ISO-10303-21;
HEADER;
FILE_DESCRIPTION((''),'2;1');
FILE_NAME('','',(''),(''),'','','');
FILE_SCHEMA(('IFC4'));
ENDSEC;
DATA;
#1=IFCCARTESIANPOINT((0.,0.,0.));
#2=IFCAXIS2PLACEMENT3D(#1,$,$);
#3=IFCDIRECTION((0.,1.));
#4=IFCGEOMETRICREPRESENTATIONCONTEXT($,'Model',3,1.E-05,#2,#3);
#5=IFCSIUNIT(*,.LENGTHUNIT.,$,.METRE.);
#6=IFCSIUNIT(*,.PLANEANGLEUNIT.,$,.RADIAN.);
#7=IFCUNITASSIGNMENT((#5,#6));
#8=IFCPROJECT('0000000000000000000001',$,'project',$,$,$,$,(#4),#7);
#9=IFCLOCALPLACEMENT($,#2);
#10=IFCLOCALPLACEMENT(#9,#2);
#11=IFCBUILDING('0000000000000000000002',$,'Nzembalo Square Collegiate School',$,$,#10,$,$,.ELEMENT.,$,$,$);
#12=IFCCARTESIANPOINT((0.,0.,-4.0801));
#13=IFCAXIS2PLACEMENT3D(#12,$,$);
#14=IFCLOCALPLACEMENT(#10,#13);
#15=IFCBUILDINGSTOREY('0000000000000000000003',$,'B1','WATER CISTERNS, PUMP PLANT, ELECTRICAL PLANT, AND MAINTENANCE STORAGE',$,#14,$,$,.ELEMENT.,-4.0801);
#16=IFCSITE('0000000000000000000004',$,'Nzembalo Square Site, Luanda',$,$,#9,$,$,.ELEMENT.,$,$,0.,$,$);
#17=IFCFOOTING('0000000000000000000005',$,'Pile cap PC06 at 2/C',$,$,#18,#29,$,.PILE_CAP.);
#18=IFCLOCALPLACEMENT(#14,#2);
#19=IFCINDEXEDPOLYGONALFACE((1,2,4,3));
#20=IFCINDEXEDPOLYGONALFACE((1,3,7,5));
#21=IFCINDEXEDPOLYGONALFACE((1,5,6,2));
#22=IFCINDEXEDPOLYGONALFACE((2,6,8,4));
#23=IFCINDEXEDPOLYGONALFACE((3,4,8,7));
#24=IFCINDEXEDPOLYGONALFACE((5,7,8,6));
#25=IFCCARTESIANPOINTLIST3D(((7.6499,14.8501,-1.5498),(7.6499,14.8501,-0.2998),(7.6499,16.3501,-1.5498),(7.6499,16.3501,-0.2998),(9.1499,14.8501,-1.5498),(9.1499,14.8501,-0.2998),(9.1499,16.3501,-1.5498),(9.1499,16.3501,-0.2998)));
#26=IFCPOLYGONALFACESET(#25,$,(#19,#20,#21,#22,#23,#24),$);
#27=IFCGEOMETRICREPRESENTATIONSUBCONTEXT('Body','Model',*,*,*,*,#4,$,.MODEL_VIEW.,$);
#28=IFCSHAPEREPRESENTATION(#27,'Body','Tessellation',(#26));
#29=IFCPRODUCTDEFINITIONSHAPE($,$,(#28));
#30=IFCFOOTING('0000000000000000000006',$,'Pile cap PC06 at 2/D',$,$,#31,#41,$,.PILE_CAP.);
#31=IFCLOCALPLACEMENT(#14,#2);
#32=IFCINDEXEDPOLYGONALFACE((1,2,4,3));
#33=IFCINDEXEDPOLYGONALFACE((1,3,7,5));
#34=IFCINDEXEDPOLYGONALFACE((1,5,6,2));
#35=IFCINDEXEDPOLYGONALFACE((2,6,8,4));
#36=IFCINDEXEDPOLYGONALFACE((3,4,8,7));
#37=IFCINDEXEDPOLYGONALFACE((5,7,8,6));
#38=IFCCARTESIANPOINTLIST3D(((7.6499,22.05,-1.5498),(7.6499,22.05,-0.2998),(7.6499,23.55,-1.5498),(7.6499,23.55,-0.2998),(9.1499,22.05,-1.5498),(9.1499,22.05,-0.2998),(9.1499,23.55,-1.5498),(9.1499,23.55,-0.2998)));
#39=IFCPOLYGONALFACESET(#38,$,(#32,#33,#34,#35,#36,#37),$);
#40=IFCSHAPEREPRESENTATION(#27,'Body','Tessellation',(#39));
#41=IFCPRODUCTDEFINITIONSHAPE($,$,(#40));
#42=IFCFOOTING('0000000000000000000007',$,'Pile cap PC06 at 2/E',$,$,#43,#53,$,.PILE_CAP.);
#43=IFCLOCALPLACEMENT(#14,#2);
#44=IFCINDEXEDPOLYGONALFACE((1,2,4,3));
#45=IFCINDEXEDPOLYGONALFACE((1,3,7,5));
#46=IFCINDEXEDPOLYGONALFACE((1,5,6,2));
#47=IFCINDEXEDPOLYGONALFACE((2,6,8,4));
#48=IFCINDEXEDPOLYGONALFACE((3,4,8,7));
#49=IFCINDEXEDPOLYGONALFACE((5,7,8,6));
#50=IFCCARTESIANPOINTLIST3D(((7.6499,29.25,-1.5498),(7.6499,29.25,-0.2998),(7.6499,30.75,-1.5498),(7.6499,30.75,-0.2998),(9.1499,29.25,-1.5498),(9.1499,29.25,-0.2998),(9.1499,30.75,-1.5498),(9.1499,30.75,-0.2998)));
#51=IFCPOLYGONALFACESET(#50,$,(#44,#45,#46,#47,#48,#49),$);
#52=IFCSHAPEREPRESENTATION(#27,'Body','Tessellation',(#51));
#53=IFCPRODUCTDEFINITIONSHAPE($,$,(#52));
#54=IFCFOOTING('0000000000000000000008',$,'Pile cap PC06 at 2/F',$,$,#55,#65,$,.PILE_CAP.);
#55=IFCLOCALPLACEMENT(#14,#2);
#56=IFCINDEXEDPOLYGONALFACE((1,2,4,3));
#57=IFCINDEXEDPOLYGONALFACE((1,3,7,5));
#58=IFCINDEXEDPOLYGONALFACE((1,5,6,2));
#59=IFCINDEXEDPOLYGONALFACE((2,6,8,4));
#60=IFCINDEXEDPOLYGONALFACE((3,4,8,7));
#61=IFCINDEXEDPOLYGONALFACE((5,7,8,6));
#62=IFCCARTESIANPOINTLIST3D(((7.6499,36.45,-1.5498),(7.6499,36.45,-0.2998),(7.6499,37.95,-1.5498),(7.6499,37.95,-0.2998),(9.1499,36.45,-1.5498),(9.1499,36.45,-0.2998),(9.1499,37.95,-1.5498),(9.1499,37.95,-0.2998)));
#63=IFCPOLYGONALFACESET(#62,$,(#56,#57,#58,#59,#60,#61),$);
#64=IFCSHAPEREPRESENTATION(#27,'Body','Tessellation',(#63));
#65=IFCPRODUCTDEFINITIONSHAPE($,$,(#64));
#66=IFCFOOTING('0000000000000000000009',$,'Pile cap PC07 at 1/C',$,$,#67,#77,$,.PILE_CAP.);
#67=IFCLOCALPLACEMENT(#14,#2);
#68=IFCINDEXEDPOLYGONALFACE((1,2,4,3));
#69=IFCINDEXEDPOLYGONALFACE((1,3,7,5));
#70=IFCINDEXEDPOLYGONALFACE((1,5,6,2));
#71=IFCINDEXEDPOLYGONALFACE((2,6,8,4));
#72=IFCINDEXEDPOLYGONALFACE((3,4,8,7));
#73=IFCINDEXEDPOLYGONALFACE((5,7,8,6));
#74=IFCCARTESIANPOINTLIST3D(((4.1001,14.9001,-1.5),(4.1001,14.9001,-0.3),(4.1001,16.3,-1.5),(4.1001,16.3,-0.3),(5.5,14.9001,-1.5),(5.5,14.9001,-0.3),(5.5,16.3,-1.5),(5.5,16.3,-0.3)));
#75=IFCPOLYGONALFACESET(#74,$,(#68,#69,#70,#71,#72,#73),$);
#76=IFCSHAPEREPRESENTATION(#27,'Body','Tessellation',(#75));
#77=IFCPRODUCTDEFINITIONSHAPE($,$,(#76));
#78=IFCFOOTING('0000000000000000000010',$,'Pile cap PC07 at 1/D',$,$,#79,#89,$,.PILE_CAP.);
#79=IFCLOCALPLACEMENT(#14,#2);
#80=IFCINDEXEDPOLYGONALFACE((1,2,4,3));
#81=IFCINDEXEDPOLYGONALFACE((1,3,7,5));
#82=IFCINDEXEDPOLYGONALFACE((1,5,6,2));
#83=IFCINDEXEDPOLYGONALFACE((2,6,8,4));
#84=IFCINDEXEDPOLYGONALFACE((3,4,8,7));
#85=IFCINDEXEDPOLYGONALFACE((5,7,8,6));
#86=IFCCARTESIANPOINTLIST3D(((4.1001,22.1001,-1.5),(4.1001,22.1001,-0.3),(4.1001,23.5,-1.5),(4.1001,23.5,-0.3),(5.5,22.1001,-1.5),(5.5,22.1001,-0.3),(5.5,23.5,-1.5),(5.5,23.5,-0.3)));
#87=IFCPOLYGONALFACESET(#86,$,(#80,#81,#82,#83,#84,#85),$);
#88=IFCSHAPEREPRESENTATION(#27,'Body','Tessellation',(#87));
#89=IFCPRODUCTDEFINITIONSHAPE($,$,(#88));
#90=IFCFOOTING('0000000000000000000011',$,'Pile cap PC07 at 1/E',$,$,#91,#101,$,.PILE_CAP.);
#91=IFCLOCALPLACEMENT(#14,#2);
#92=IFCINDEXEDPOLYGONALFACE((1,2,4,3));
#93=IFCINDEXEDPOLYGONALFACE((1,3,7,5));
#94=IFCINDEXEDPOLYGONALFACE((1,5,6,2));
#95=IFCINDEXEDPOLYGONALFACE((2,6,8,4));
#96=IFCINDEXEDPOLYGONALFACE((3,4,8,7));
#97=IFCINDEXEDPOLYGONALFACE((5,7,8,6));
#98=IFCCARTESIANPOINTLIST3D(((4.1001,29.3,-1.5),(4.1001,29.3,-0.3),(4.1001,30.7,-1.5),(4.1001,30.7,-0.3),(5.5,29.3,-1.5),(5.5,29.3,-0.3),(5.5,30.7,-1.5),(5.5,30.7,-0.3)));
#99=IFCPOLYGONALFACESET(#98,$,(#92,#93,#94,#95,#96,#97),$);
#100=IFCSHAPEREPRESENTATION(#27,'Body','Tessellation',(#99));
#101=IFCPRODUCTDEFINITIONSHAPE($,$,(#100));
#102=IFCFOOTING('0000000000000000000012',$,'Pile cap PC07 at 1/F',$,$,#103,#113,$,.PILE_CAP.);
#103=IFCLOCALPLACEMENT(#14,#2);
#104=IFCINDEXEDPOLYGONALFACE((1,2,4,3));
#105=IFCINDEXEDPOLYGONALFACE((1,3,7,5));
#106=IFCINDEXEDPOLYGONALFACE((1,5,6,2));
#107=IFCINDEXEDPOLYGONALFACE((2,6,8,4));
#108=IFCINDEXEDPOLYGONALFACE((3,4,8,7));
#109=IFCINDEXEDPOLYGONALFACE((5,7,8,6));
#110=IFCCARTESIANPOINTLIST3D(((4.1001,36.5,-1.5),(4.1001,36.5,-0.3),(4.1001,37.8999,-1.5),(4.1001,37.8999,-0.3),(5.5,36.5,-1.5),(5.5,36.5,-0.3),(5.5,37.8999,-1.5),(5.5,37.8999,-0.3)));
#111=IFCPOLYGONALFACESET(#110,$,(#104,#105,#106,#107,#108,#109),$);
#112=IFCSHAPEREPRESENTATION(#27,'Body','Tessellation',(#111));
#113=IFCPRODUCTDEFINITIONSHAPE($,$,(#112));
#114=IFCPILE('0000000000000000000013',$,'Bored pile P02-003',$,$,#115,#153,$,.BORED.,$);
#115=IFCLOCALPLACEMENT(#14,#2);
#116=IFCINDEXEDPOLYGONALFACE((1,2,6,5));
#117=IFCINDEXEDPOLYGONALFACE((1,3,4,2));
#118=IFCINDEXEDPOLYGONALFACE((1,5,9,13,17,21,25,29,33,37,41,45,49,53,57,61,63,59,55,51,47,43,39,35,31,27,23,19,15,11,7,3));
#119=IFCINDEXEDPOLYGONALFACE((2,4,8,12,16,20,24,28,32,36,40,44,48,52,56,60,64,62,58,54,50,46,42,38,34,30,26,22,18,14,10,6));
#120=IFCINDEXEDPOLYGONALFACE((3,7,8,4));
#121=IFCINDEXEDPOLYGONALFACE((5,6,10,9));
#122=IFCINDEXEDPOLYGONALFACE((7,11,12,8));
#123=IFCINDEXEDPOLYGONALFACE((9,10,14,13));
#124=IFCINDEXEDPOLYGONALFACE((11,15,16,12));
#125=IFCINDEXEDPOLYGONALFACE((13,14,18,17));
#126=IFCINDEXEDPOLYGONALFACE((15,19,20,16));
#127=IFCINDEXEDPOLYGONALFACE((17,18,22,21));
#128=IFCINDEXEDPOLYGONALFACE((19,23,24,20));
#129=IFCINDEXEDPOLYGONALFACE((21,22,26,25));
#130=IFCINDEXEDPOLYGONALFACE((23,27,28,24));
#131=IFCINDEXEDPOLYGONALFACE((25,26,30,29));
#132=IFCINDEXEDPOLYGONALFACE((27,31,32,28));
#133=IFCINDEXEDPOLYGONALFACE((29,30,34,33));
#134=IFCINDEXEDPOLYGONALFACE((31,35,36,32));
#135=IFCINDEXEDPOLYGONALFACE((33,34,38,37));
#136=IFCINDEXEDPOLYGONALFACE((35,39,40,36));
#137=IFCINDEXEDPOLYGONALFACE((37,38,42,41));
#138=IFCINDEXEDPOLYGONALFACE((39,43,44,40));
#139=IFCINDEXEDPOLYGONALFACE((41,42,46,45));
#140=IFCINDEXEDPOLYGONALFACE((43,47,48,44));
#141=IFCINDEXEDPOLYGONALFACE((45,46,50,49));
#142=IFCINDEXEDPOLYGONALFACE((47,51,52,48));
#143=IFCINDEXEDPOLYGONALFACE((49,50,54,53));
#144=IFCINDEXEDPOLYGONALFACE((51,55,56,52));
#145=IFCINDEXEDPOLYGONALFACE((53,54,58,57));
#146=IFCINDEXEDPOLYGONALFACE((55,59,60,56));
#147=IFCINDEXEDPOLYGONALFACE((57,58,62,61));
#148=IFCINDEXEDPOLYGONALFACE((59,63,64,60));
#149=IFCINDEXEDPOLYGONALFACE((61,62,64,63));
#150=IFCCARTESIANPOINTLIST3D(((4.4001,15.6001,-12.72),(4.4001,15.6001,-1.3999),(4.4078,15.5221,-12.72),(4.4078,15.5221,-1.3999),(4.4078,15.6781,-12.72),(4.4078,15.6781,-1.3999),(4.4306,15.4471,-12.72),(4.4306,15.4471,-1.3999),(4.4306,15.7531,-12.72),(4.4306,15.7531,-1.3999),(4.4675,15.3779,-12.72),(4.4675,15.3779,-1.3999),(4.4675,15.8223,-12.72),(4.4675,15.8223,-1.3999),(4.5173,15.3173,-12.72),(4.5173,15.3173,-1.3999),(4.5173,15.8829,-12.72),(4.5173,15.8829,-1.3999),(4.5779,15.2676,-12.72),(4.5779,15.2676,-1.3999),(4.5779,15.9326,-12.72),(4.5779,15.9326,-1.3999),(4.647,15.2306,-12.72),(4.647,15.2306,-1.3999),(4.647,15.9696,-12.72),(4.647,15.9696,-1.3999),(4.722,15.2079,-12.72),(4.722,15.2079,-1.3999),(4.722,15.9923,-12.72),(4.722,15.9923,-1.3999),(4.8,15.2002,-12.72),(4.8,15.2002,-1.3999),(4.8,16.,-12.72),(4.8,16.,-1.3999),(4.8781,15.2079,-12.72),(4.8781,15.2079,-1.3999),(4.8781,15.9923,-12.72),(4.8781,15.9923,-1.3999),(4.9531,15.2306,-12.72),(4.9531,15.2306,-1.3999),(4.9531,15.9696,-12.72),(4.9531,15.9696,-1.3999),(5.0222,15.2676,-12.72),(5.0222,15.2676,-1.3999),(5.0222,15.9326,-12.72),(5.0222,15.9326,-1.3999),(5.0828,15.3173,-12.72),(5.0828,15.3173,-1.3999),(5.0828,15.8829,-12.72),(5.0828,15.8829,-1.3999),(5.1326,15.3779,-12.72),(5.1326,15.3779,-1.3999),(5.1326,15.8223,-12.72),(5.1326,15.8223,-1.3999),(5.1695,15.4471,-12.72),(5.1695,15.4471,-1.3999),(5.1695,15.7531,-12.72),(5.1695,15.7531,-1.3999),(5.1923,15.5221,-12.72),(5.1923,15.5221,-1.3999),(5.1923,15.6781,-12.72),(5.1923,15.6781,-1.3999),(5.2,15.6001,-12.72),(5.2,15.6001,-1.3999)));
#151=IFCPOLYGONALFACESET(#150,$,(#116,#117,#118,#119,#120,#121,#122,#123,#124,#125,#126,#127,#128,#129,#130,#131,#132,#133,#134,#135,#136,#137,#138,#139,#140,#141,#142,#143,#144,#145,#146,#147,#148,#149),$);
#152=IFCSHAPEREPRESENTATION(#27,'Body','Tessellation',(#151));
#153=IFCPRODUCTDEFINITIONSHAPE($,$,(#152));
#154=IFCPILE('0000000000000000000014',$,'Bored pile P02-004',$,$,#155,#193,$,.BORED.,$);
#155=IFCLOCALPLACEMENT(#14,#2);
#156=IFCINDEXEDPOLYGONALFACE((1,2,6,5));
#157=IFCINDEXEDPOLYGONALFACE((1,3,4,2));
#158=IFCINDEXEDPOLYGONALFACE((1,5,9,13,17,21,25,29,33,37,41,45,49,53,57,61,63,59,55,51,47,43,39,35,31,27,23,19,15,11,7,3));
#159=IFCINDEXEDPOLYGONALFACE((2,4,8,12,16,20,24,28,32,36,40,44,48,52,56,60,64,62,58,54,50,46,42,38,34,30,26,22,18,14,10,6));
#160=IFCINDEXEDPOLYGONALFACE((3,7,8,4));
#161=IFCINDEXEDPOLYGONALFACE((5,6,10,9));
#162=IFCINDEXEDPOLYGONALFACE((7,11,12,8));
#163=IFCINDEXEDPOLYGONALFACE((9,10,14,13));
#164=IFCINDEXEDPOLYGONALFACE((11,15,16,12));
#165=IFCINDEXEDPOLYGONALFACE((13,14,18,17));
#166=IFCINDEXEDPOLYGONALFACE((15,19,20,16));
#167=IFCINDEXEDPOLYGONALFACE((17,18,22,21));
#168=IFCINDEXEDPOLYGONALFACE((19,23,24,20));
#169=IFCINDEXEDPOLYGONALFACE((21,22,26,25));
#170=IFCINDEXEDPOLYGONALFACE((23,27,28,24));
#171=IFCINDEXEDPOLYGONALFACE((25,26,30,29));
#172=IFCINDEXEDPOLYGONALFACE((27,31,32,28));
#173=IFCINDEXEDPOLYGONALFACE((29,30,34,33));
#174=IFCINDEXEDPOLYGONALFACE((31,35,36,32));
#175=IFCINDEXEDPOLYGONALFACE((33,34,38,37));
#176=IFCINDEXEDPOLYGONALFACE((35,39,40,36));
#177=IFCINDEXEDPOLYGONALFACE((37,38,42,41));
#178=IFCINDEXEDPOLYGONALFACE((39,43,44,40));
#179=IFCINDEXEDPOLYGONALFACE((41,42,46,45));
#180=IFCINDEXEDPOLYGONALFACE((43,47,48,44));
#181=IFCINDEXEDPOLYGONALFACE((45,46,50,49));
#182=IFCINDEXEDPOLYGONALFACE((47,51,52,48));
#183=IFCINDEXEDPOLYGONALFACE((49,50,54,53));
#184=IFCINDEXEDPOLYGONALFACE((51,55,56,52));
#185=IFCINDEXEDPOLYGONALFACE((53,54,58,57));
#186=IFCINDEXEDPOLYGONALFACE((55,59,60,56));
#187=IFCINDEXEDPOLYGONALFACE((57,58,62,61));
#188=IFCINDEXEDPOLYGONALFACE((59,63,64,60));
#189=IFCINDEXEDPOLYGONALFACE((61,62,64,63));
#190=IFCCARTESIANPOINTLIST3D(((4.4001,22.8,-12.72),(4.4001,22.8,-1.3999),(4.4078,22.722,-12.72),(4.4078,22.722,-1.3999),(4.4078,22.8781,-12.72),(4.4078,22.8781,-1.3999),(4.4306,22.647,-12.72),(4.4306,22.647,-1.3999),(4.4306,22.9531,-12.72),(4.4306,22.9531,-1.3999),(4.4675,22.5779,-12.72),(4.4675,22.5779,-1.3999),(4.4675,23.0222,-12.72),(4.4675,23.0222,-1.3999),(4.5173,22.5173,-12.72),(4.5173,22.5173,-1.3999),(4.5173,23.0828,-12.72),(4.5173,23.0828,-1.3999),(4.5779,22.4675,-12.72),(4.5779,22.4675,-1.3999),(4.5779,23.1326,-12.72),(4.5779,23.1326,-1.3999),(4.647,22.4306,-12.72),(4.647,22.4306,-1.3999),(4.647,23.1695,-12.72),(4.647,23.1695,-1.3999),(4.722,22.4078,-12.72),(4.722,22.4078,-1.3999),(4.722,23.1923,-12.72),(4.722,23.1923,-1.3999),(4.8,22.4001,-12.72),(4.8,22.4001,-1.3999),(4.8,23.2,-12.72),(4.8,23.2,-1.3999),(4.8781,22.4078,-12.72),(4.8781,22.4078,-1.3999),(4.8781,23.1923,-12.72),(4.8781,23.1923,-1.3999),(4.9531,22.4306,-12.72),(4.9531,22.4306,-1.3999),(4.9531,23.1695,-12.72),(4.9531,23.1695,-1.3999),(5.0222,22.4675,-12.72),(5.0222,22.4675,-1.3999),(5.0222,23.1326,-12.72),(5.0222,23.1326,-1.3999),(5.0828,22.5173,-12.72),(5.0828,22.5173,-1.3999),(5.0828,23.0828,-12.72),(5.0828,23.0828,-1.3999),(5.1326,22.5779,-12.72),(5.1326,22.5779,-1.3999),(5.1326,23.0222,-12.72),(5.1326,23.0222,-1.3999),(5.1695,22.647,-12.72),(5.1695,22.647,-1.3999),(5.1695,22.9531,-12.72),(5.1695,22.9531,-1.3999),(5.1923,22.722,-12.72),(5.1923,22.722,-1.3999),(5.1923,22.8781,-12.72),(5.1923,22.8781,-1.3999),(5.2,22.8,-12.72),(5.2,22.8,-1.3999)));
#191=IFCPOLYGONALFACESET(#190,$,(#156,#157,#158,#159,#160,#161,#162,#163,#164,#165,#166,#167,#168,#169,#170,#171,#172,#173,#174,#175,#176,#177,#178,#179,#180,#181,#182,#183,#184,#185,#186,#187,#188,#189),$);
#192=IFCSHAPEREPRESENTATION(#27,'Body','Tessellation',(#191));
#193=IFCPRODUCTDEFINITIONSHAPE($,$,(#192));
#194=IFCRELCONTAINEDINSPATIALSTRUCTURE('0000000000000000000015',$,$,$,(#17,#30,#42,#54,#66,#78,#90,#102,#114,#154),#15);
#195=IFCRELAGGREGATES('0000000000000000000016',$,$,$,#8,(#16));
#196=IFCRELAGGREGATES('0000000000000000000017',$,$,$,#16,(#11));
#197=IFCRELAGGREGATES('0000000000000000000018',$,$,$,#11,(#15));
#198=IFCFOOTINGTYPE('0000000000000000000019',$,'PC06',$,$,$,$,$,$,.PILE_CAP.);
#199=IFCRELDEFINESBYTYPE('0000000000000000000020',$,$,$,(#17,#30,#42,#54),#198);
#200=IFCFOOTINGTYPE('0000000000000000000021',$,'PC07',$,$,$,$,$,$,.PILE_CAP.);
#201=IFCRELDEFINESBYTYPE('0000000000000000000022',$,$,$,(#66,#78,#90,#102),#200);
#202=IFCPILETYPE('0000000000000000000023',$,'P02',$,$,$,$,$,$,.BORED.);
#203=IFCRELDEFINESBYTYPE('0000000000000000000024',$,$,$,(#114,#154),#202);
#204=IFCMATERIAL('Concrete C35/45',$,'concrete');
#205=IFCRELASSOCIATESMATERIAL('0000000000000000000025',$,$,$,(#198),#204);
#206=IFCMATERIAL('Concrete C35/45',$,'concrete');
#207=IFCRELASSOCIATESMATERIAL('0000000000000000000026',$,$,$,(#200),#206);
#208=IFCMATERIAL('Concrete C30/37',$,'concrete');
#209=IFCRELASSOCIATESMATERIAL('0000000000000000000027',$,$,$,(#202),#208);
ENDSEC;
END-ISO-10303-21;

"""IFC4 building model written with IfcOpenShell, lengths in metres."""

from ifc_helpers import new_model, si_unit, direction, frame, origin, origin_2d, place, context, subcontext, project, spatial, rectangle, circle, extrude, material, material_profile, profile_set, type_object, element, save


model = new_model("IFC4")

# Units and contexts
model_context = context("Model", 3, precision=1e-05, world=origin(), true_north=direction((0.0, 1.0)))
body_context = subcontext(model_context, "Body", "Model", "MODEL_VIEW")
ifc_project = project(units=[si_unit("LENGTHUNIT", "METRE"), si_unit("PLANEANGLEUNIT", "RADIAN")], contexts=[model_context])

# Site, building, storey
site_placement = place(None, origin())
site = spatial("IfcSite", under=ifc_project, at=site_placement, Name="Nzembalo Square Site, Luanda", CompositionType="ELEMENT", RefElevation=0.0)
building_placement = place(site_placement, origin())
building = spatial("IfcBuilding", under=site, at=building_placement, Name="Nzembalo Square Collegiate School", CompositionType="ELEMENT")
storey_placement = place(building_placement, frame((0.0, 0.0, -4.0801)))
storey = spatial("IfcBuildingStorey", under=building, at=storey_placement, Name="B1", Description="WATER CISTERNS, PUMP PLANT, ELECTRICAL PLANT, AND MAINTENANCE STORAGE", CompositionType="ELEMENT", Elevation=-4.0801)

# Footings
ifc_material_1 = material(Name="Concrete C35/45", Category="concrete")
footing_type_1 = type_object("IfcFootingType", Name="PC06", PredefinedType="PILE_CAP", material=ifc_material_1)
for number, where, z_axis, x_axis, name in (
    (1, (8.3999, 15.6001, -1.5498), (0.0, 0.0, 1.0), (1.0, 0.0, 0.0), "Pile cap PC06 at 2/C"),
    (2, (8.3999, 22.8, -1.5498), (0.0, 0.0, 1.0), (1.0, 0.0, 0.0), "Pile cap PC06 at 2/D"),
    (3, (8.3999, 30.0, -1.5498), (0.0, 0.0, 1.0), (1.0, 0.0, 0.0), "Pile cap PC06 at 2/E"),
    (4, (8.3999, 37.2, -1.5498), (0.0, 0.0, 1.0), (1.0, 0.0, 0.0), "Pile cap PC06 at 2/F"),
):
    element("IfcFooting", number, at=place(storey_placement, frame(where, z_axis=z_axis, x_axis=x_axis)), inside=storey, type_object=footing_type_1, Name=name, PredefinedType="PILE_CAP", context=body_context, shape_type="SweptSolid", body=[
        extrude(rectangle(XDim=1.5, YDim=1.5, at=origin_2d()), origin(), (0.0, 0.0, 1.0), 1.25),
    ])
ifc_material_2 = material(Name="Concrete C35/45", Category="concrete")
footing_type_2 = type_object("IfcFootingType", Name="PC07", PredefinedType="PILE_CAP", material=ifc_material_2)
for number, where, z_axis, x_axis, name in (
    (5, (4.8, 15.6001, -1.5), (0.0, 0.0, 1.0), (1.0, 0.0, 0.0), "Pile cap PC07 at 1/C"),
    (6, (4.8, 22.8, -1.5), (0.0, 0.0, 1.0), (1.0, 0.0, 0.0), "Pile cap PC07 at 1/D"),
    (7, (4.8, 30.0, -1.5), (0.0, 0.0, 1.0), (1.0, 0.0, 0.0), "Pile cap PC07 at 1/E"),
    (8, (4.8, 37.2, -1.5), (0.0, 0.0, 1.0), (1.0, 0.0, 0.0), "Pile cap PC07 at 1/F"),
):
    element("IfcFooting", number, at=place(storey_placement, frame(where, z_axis=z_axis, x_axis=x_axis)), inside=storey, type_object=footing_type_2, Name=name, PredefinedType="PILE_CAP", context=body_context, shape_type="SweptSolid", body=[
        extrude(rectangle(XDim=1.3999, YDim=1.3999, at=origin_2d()), origin(), (0.0, 0.0, 1.0), 1.2),
    ])

# Piles
ifc_material_3 = material(Name="Concrete C30/37", Category="concrete")
ifc_material_profile_1 = material_profile(ifc_material_3, circle(Radius=0.3999, at=origin_2d()), Name="PILE D800")
ifc_profile_set_1 = profile_set([ifc_material_profile_1], Name="Concrete C30/37")
pile_type = type_object("IfcPileType", Name="P02", PredefinedType="BORED", material=ifc_profile_set_1)
for number, where, z_axis, x_axis, name in (
    (9, (4.8, 15.6001, -1.3999), (0.0, 0.0, -1.0), (1.0, 0.0, 0.0), "Bored pile P02-003"),
    (10, (4.8, 22.8, -1.3999), (0.0, 0.0, -1.0), (1.0, 0.0, 0.0), "Bored pile P02-004"),
):
    element("IfcPile", number, at=place(storey_placement, frame(where, z_axis=z_axis, x_axis=x_axis)), inside=storey, type_object=pile_type, Name=name, PredefinedType="BORED", context=body_context, shape_type="SweptSolid", body=[
        extrude(circle(Radius=0.3999, at=origin_2d()), origin(), (0.0, 0.0, 1.0), 11.3201),
    ])

save(model, "model.ifc")
